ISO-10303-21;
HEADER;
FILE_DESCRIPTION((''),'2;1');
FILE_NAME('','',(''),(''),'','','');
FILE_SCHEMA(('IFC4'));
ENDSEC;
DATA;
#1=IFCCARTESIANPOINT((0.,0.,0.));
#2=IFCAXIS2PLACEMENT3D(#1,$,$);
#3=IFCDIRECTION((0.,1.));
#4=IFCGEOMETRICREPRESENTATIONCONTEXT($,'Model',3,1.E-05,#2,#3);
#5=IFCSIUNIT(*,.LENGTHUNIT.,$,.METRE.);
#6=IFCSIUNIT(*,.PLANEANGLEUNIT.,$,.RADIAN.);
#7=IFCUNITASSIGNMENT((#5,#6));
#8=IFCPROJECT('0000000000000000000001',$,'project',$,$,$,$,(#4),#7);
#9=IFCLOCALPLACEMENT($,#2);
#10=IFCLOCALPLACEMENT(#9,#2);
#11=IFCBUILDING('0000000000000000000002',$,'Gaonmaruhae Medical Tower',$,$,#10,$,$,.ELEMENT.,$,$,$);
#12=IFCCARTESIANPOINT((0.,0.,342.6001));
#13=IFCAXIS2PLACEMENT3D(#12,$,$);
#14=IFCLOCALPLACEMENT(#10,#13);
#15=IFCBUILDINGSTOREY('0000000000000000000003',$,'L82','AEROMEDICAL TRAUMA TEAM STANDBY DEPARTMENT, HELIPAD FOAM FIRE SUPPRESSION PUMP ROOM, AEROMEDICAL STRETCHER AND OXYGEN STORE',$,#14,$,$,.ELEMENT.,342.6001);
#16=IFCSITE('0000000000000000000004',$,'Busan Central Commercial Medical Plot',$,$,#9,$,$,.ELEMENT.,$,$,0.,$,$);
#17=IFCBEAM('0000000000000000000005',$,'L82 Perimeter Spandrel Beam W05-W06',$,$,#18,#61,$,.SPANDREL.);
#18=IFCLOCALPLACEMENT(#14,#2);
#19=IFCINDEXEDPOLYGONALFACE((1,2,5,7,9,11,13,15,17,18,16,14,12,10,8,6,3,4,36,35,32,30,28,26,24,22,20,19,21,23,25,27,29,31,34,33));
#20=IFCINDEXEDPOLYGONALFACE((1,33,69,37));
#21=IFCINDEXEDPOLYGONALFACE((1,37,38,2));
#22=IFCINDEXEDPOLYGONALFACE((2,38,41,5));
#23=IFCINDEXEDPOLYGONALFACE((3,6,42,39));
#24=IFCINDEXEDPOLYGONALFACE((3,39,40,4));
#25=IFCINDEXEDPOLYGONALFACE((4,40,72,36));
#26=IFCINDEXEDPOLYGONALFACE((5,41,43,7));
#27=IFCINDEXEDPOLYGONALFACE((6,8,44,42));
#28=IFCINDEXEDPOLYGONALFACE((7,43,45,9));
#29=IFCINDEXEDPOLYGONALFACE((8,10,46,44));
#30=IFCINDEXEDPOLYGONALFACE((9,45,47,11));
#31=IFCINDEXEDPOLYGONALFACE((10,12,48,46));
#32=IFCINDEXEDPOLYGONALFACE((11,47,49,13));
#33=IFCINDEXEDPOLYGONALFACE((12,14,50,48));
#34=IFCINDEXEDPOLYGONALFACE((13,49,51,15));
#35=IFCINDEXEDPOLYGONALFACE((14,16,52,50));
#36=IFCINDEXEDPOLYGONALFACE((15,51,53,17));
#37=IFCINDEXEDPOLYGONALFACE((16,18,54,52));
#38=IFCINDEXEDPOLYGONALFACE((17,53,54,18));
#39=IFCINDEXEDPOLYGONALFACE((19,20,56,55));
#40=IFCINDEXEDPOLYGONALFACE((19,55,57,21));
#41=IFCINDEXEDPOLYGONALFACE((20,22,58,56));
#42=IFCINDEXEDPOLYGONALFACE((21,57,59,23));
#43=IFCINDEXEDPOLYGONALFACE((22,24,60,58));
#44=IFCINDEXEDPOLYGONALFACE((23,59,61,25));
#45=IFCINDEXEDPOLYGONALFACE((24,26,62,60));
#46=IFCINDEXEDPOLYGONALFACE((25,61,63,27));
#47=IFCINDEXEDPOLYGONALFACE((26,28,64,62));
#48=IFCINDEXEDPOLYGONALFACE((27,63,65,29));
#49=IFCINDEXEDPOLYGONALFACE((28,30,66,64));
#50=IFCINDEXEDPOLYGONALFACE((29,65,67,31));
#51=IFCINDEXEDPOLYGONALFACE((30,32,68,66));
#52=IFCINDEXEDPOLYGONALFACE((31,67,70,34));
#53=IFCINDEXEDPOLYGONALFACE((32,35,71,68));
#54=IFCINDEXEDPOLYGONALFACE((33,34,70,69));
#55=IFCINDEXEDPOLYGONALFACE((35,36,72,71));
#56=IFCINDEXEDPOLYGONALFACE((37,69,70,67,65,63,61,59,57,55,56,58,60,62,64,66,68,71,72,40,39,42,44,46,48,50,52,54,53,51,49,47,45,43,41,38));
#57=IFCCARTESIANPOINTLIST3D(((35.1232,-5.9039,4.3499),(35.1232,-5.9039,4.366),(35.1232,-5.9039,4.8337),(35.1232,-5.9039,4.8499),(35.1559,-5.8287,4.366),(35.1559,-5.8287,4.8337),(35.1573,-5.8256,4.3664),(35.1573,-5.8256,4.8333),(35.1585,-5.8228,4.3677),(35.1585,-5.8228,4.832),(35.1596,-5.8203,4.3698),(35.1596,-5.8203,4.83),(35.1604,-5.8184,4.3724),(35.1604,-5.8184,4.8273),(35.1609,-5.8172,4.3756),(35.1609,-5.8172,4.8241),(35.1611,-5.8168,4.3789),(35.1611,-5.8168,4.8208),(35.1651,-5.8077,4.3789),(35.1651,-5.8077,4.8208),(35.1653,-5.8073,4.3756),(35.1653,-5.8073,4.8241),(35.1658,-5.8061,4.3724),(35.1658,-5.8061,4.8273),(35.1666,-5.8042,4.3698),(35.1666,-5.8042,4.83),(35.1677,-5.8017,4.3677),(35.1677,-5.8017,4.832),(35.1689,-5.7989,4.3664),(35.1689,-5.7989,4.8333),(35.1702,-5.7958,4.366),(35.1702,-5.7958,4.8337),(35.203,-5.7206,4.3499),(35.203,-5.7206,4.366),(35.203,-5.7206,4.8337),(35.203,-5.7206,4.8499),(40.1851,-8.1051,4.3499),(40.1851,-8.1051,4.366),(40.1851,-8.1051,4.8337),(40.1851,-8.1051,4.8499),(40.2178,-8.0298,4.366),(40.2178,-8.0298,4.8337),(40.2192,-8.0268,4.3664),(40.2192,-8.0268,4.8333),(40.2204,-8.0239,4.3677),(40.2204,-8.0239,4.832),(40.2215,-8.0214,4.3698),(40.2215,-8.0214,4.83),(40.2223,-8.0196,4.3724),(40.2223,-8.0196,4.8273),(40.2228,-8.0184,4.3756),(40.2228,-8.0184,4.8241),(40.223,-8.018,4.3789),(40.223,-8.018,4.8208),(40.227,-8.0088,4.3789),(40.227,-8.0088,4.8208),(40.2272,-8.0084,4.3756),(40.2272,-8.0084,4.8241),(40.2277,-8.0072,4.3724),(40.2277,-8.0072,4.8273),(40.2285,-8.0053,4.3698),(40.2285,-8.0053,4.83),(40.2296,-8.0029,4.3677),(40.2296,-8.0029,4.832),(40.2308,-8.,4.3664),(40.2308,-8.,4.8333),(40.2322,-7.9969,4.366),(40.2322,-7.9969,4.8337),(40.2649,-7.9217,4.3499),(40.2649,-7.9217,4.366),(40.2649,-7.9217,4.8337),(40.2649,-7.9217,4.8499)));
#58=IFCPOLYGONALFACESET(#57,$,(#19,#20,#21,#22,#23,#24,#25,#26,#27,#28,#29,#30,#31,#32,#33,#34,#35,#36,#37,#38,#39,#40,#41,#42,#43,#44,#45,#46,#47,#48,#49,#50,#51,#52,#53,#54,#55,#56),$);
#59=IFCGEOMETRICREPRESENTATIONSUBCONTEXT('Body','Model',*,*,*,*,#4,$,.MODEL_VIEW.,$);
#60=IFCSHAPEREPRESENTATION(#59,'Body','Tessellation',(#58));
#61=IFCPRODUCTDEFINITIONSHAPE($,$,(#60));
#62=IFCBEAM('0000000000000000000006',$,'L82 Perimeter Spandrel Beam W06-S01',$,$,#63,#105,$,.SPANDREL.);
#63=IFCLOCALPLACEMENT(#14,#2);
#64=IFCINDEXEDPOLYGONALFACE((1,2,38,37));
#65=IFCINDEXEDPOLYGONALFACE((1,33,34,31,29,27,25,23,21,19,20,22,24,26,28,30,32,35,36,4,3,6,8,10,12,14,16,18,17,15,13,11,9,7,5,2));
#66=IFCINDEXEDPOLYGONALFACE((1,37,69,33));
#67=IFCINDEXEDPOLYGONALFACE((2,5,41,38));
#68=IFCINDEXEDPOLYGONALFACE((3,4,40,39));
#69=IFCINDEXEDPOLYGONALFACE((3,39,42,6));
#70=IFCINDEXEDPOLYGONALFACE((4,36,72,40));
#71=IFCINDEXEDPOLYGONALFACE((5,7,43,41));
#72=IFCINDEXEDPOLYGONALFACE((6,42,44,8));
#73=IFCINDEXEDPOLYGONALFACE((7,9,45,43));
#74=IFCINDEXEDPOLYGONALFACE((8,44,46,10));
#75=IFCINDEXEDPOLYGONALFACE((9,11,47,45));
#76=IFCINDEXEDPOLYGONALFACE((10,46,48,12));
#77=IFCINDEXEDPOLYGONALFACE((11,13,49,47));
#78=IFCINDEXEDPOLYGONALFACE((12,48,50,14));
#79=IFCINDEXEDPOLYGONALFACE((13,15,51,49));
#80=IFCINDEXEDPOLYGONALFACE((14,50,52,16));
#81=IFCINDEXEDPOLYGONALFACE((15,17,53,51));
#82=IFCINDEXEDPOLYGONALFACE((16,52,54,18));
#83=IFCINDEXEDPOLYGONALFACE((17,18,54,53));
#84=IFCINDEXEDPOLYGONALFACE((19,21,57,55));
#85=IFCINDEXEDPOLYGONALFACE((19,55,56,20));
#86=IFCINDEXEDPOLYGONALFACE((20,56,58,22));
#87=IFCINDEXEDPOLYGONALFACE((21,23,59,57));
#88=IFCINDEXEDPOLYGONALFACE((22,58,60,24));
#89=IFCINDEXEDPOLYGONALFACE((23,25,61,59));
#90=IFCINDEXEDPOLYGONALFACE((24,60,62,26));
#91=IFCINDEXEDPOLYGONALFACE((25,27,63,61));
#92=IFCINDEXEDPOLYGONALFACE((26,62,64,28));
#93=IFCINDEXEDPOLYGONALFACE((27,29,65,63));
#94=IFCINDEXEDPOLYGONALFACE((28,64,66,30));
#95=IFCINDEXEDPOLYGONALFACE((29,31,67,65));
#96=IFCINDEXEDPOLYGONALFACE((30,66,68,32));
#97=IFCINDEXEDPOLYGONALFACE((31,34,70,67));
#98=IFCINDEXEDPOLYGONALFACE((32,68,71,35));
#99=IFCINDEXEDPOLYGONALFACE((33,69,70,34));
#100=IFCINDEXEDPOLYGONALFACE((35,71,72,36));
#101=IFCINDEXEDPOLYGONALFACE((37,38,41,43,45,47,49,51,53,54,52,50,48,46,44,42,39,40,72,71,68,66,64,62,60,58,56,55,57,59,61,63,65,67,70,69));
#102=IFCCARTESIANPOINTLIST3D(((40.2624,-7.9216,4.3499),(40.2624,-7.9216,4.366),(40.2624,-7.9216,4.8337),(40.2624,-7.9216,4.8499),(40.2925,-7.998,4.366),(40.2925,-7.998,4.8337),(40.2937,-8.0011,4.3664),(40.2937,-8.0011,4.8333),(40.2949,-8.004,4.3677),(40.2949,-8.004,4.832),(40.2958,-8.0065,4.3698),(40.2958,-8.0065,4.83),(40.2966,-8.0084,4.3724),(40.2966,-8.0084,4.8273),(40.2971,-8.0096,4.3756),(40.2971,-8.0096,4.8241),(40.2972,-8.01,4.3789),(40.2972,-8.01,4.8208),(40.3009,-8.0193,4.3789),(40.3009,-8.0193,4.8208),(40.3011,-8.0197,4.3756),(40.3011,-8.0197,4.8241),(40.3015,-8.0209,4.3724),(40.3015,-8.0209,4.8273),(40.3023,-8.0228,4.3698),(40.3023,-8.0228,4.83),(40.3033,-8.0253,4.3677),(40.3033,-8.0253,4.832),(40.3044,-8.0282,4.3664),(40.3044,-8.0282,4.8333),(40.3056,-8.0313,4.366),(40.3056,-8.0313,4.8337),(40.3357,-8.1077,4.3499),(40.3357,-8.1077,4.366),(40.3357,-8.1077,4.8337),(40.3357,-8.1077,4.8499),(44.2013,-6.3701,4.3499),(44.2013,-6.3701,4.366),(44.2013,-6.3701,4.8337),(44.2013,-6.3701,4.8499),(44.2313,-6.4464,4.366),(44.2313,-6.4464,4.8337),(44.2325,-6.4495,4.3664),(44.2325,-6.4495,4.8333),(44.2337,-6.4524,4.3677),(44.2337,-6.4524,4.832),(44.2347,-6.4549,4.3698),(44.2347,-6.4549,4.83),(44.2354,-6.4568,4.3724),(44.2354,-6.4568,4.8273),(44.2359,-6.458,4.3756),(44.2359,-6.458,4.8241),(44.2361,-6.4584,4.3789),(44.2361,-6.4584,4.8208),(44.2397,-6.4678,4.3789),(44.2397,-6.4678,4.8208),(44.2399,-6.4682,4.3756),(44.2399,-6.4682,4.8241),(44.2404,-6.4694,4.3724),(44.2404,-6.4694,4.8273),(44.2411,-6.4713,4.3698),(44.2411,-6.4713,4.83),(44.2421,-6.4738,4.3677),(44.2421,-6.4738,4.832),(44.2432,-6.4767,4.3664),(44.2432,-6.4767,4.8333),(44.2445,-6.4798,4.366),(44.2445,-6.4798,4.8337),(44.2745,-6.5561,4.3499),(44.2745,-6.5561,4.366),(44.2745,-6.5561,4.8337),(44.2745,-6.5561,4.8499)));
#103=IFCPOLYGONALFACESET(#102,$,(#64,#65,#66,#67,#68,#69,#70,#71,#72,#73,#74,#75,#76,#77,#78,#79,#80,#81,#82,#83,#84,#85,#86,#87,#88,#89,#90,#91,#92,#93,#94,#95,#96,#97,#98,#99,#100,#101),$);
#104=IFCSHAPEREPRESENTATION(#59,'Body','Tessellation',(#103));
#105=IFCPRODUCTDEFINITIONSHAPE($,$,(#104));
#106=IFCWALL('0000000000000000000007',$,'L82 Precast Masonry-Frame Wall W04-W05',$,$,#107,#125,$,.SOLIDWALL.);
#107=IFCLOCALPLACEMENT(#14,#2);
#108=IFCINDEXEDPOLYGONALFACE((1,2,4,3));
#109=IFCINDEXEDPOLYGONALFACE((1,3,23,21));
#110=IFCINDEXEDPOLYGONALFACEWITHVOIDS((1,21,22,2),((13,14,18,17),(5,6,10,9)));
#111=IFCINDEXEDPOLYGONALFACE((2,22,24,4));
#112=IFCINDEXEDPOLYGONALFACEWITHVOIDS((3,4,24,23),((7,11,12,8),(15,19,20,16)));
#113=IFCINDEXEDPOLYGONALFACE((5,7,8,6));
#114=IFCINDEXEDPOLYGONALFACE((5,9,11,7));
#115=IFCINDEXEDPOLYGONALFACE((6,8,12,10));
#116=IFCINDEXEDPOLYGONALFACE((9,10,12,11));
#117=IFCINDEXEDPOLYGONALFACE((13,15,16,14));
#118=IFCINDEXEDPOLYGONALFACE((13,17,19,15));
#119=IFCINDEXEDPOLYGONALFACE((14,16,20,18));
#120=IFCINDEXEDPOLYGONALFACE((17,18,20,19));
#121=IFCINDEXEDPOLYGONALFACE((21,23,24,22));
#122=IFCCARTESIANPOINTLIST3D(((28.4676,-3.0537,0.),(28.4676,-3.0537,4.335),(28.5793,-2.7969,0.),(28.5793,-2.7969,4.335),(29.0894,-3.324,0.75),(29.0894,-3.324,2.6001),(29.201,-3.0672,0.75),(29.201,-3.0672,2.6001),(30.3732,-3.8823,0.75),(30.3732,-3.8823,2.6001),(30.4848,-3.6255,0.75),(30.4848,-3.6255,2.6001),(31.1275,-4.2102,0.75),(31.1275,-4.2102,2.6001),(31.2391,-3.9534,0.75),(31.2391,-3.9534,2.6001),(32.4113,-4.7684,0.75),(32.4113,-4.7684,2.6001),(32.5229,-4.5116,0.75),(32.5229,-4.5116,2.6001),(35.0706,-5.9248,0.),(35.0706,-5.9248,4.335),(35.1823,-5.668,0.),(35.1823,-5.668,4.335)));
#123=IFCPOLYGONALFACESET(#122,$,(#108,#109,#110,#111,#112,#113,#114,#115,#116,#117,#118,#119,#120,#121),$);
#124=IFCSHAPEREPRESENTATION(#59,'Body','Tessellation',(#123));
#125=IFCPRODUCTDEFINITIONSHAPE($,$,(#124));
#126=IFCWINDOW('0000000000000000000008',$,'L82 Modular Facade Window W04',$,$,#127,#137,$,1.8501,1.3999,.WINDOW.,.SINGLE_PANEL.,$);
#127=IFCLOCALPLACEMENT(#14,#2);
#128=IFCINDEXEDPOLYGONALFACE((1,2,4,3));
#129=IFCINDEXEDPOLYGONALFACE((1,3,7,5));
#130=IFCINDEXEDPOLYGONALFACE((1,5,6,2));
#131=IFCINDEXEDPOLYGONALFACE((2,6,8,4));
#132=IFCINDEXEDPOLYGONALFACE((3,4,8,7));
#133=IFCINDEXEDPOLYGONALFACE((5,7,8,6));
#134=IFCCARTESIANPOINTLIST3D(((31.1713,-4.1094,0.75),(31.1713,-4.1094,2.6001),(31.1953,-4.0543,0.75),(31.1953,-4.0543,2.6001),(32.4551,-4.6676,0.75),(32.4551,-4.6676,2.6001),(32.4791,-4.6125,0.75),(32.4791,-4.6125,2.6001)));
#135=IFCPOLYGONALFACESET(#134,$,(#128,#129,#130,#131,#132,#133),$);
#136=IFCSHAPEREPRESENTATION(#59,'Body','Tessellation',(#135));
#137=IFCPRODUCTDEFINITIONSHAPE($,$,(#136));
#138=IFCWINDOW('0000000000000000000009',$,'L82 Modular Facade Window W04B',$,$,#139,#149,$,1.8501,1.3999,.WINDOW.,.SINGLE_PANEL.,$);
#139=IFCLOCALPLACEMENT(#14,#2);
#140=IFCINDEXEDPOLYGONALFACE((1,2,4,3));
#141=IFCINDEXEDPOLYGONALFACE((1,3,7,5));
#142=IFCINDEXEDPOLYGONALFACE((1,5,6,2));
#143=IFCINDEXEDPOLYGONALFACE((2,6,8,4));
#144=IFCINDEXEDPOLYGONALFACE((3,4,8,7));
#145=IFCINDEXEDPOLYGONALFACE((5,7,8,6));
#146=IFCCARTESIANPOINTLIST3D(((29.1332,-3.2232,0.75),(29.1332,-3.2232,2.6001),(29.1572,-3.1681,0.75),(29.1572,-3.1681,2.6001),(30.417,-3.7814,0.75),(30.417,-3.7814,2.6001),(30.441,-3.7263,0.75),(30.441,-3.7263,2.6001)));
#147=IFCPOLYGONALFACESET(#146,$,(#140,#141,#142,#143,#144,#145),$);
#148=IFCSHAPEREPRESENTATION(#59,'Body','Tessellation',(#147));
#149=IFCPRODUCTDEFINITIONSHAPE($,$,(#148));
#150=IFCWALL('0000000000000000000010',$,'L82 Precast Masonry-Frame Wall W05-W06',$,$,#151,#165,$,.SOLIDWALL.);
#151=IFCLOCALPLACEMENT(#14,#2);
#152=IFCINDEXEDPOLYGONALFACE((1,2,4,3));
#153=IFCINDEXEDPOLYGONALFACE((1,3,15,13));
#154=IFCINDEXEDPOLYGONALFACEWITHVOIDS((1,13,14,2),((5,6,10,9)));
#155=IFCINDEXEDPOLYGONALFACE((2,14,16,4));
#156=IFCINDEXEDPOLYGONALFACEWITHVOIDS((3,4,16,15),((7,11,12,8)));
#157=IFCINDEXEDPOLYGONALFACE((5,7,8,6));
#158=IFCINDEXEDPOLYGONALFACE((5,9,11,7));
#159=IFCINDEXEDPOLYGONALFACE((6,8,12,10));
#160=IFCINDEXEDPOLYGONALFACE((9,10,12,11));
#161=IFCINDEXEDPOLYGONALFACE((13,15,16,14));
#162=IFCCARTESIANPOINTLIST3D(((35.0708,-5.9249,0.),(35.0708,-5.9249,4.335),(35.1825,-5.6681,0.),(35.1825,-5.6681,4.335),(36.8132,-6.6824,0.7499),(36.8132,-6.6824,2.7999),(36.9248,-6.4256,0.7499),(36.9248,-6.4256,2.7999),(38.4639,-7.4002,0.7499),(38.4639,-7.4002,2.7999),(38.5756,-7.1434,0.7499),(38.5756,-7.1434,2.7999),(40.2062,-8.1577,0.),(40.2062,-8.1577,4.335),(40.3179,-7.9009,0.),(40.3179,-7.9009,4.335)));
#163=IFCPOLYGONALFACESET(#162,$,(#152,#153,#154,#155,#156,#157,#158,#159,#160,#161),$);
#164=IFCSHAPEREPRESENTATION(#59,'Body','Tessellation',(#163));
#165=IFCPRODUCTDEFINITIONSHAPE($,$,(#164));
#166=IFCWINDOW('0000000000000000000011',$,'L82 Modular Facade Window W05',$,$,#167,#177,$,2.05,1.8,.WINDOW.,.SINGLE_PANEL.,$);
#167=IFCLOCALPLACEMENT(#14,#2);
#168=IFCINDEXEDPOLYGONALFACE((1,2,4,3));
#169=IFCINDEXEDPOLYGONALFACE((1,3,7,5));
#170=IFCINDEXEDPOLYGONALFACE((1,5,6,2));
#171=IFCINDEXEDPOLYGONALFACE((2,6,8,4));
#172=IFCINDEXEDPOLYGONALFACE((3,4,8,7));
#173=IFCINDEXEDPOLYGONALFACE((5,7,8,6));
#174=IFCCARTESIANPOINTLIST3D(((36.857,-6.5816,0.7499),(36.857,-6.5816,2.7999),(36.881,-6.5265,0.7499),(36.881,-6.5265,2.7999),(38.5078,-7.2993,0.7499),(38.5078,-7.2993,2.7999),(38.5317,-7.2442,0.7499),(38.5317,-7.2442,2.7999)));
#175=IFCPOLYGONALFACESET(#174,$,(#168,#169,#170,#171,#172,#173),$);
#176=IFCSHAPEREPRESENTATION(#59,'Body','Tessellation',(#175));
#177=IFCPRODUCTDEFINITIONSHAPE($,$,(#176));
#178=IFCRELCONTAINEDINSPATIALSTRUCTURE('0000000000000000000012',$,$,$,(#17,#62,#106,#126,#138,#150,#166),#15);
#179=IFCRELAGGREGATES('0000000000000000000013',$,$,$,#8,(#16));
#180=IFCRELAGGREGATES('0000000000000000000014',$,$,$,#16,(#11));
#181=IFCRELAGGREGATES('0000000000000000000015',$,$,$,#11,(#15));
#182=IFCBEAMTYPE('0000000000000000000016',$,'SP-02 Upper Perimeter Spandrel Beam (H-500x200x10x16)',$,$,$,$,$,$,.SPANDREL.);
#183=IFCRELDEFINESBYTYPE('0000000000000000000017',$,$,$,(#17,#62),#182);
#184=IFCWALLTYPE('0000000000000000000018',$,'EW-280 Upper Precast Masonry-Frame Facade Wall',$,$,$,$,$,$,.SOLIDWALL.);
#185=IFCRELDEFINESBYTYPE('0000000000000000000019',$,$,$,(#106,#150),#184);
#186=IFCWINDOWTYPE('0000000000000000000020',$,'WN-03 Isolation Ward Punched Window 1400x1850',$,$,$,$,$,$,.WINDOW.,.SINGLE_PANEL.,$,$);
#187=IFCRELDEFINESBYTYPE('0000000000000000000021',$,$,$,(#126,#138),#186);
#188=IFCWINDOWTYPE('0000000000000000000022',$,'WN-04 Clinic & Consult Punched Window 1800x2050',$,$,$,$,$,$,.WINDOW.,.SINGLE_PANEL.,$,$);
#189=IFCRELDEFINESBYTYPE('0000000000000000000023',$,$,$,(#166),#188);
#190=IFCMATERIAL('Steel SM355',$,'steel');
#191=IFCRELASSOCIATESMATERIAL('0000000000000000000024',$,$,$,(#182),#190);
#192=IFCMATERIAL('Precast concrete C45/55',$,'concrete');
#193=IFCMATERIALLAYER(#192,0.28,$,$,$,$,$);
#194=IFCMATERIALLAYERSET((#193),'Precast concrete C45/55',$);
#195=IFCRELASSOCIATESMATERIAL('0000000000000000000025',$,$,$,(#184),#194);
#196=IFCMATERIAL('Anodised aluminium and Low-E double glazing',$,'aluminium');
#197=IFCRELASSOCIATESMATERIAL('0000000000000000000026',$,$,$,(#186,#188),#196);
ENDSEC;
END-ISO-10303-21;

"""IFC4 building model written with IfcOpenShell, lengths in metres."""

from ifc_helpers import new_model, si_unit, direction, frame, frame_2d, origin, origin_2d, place, context, subcontext, project, spatial, rectangle, i_section, extrude, material, layer, layer_set, material_profile, profile_set, type_object, element, fill, save


model = new_model("IFC4")

# Units and contexts
model_context = context("Model", 3, precision=1e-05, world=origin(), true_north=direction((0.0, 1.0)))
body_context = subcontext(model_context, "Body", "Model", "MODEL_VIEW")
ifc_project = project(units=[si_unit("LENGTHUNIT", "METRE"), si_unit("PLANEANGLEUNIT", "RADIAN")], contexts=[model_context])

# Site, building, storey
site_placement = place(None, origin())
site = spatial("IfcSite", under=ifc_project, at=site_placement, Name="Busan Central Commercial Medical Plot", CompositionType="ELEMENT", RefElevation=0.0)
building_placement = place(site_placement, origin())
building = spatial("IfcBuilding", under=site, at=building_placement, Name="Gaonmaruhae Medical Tower", CompositionType="ELEMENT")
storey_placement = place(building_placement, frame((0.0, 0.0, 342.6001)))
storey = spatial("IfcBuildingStorey", under=building, at=storey_placement, Name="L82", Description="AEROMEDICAL TRAUMA TEAM STANDBY DEPARTMENT, HELIPAD FOAM FIRE SUPPRESSION PUMP ROOM, AEROMEDICAL STRETCHER AND OXYGEN STORE", CompositionType="ELEMENT", Elevation=342.6001)

# Beams
ifc_material_1 = material(Name="Steel SM355", Category="steel")
ifc_material_profile_1 = material_profile(ifc_material_1, i_section(OverallWidth=0.2, OverallDepth=0.5, WebThickness=0.01, FlangeThickness=0.0161, FilletRadius=0.0129, at=origin_2d()), Name="H-500x200x10x16")
ifc_profile_set_1 = profile_set([ifc_material_profile_1], Name="Steel SM355")
beam_type_1 = type_object("IfcBeamType", Name="SP-02 Upper Perimeter Spandrel Beam (H-500x200x10x16)", PredefinedType="SPANDREL", material=ifc_profile_set_1)
beam_1_placement = place(storey_placement, frame((35.1631, -5.8123, 4.5999), z_axis=(0.91705, -0.398771, 0.0), x_axis=(0.398771, 0.91705, 0.0)))
element("IfcBeam", 1, at=beam_1_placement, inside=storey, type_object=beam_type_1, Name="L82 Perimeter Spandrel Beam W05-W06", PredefinedType="SPANDREL", context=body_context, shape_type="SweptSolid", body=[
    extrude(i_section(OverallWidth=0.2, OverallDepth=0.5, WebThickness=0.01, FlangeThickness=0.0161, FilletRadius=0.0129, at=origin_2d()), origin(), (0.0, 0.0, 1.0), 5.5198),
])
beam_2_placement = place(storey_placement, frame((40.2991, -8.0146, 4.5999), z_axis=(0.930417, 0.366503, 0.0), x_axis=(-0.366503, 0.930417, 0.0)))
element("IfcBeam", 2, at=beam_2_placement, inside=storey, type_object=beam_type_1, Name="L82 Perimeter Spandrel Beam W06-S01", PredefinedType="SPANDREL", context=body_context, shape_type="SweptSolid", body=[
    extrude(i_section(OverallWidth=0.2, OverallDepth=0.5, WebThickness=0.01, FlangeThickness=0.0161, FilletRadius=0.0129, at=origin_2d()), origin(), (0.0, 0.0, 1.0), 4.2334),
])

# Wall, openings, windows
ifc_material_2 = material(Name="Precast concrete C45/55", Category="concrete")
ifc_layer_1 = layer(ifc_material_2, 0.28)
ifc_layer_set_1 = layer_set([ifc_layer_1], Name="Precast concrete C45/55")
wall_type_1 = type_object("IfcWallType", Name="EW-280 Upper Precast Masonry-Frame Facade Wall", PredefinedType="SOLIDWALL", material=ifc_layer_set_1)
wall_1_placement = place(storey_placement, frame((35.1265, -5.7964, 0.0), z_axis=(0.0, 0.0, 1.0), x_axis=(-0.917059, 0.398751, 0.0)))
wall_1 = element("IfcWall", 3, at=wall_1_placement, inside=storey, type_object=wall_type_1, Name="L82 Precast Masonry-Frame Wall W04-W05", PredefinedType="SOLIDWALL", context=body_context, shape_type="SweptSolid", body=[
    extrude(rectangle(XDim=7.2002, YDim=0.28, at=frame_2d((3.6001, 0.0))), origin(), (0.0, 0.0, 1.0), 4.335),
])
opening_1_placement = place(wall_1_placement, frame((2.8999, 0.0, 0.75)))
opening_1 = element("IfcOpeningElement", 4, at=opening_1_placement, cuts=wall_1, PredefinedType="OPENING", context=body_context, shape_type="SweptSolid", body=[
    extrude(rectangle(XDim=1.3999, YDim=1.8501, at=frame_2d((0.7, 0.925))), frame((0.0, 0.1499, 0.0), z_axis=(0.0, -1.0, 0.0), x_axis=(1.0, 0.0, 0.0)), (0.0, 0.0, 1.0), 0.3),
])
opening_2_placement = place(wall_1_placement, frame((5.1223, 0.0, 0.75)))
opening_2 = element("IfcOpeningElement", 5, at=opening_2_placement, cuts=wall_1, PredefinedType="OPENING", context=body_context, shape_type="SweptSolid", body=[
    extrude(rectangle(XDim=1.3999, YDim=1.8501, at=frame_2d((0.7, 0.925))), frame((0.0, 0.1499, 0.0), z_axis=(0.0, -1.0, 0.0), x_axis=(1.0, 0.0, 0.0)), (0.0, 0.0, 1.0), 0.3),
])
ifc_material_3 = material(Name="Anodised aluminium and Low-E double glazing", Category="aluminium")
window_type_1 = type_object("IfcWindowType", Name="WN-03 Isolation Ward Punched Window 1400x1850", PartitioningType="SINGLE_PANEL", PredefinedType="WINDOW", material=ifc_material_3)
window_1_placement = place(opening_1_placement, origin())
window_1 = element("IfcWindow", 6, at=window_1_placement, inside=storey, type_object=window_type_1, Name="L82 Modular Facade Window W04", OverallHeight=1.8501, OverallWidth=1.3999, PartitioningType="SINGLE_PANEL", PredefinedType="WINDOW", context=body_context, shape_type="SweptSolid", body=[
    extrude(rectangle(XDim=1.3999, YDim=1.8501, at=frame_2d((0.7, 0.925))), frame((0.0, 0.03, 0.0), z_axis=(0.0, -1.0, 0.0), x_axis=(1.0, 0.0, 0.0)), (0.0, 0.0, 1.0), 0.0601),
])
fill(opening_1, window_1)
window_2_placement = place(opening_2_placement, origin())
window_2 = element("IfcWindow", 7, at=window_2_placement, inside=storey, type_object=window_type_1, Name="L82 Modular Facade Window W04B", OverallHeight=1.8501, OverallWidth=1.3999, PartitioningType="SINGLE_PANEL", PredefinedType="WINDOW", context=body_context, shape_type="SweptSolid", body=[
    extrude(rectangle(XDim=1.3999, YDim=1.8501, at=frame_2d((0.7, 0.925))), frame((0.0, 0.03, 0.0), z_axis=(0.0, -1.0, 0.0), x_axis=(1.0, 0.0, 0.0)), (0.0, 0.0, 1.0), 0.0601),
])
fill(opening_2, window_2)

# Wall, opening, window
wall_2_placement = place(storey_placement, frame((40.262, -8.0293, 0.0), z_axis=(0.0, 0.0, 1.0), x_axis=(-0.917065, 0.398739, 0.0)))
wall_2 = element("IfcWall", 8, at=wall_2_placement, inside=storey, type_object=wall_type_1, Name="L82 Precast Masonry-Frame Wall W05-W06", PredefinedType="SOLIDWALL", context=body_context, shape_type="SweptSolid", body=[
    extrude(rectangle(XDim=5.5999, YDim=0.28, at=frame_2d((2.7998, 0.0))), origin(), (0.0, 0.0, 1.0), 4.335),
])
opening_3_placement = place(wall_2_placement, frame((1.8999, 0.0, 0.75)))
opening_3 = element("IfcOpeningElement", 9, at=opening_3_placement, cuts=wall_2, PredefinedType="OPENING", context=body_context, shape_type="SweptSolid", body=[
    extrude(rectangle(XDim=1.8, YDim=2.05, at=frame_2d((0.8999, 1.0249))), frame((0.0, 0.1499, 0.0), z_axis=(0.0, -1.0, 0.0), x_axis=(1.0, 0.0, 0.0)), (0.0, 0.0, 1.0), 0.3),
])
window_type_2 = type_object("IfcWindowType", Name="WN-04 Clinic & Consult Punched Window 1800x2050", PartitioningType="SINGLE_PANEL", PredefinedType="WINDOW", material=ifc_material_3)
window_3_placement = place(opening_3_placement, origin())
window_3 = element("IfcWindow", 10, at=window_3_placement, inside=storey, type_object=window_type_2, Name="L82 Modular Facade Window W05", OverallHeight=2.05, OverallWidth=1.8, PartitioningType="SINGLE_PANEL", PredefinedType="WINDOW", context=body_context, shape_type="SweptSolid", body=[
    extrude(rectangle(XDim=1.8, YDim=2.05, at=frame_2d((0.8999, 1.0249))), frame((0.0, 0.03, 0.0), z_axis=(0.0, -1.0, 0.0), x_axis=(1.0, 0.0, 0.0)), (0.0, 0.0, 1.0), 0.0601),
])
fill(opening_3, window_3)

save(model, "model.ifc")
